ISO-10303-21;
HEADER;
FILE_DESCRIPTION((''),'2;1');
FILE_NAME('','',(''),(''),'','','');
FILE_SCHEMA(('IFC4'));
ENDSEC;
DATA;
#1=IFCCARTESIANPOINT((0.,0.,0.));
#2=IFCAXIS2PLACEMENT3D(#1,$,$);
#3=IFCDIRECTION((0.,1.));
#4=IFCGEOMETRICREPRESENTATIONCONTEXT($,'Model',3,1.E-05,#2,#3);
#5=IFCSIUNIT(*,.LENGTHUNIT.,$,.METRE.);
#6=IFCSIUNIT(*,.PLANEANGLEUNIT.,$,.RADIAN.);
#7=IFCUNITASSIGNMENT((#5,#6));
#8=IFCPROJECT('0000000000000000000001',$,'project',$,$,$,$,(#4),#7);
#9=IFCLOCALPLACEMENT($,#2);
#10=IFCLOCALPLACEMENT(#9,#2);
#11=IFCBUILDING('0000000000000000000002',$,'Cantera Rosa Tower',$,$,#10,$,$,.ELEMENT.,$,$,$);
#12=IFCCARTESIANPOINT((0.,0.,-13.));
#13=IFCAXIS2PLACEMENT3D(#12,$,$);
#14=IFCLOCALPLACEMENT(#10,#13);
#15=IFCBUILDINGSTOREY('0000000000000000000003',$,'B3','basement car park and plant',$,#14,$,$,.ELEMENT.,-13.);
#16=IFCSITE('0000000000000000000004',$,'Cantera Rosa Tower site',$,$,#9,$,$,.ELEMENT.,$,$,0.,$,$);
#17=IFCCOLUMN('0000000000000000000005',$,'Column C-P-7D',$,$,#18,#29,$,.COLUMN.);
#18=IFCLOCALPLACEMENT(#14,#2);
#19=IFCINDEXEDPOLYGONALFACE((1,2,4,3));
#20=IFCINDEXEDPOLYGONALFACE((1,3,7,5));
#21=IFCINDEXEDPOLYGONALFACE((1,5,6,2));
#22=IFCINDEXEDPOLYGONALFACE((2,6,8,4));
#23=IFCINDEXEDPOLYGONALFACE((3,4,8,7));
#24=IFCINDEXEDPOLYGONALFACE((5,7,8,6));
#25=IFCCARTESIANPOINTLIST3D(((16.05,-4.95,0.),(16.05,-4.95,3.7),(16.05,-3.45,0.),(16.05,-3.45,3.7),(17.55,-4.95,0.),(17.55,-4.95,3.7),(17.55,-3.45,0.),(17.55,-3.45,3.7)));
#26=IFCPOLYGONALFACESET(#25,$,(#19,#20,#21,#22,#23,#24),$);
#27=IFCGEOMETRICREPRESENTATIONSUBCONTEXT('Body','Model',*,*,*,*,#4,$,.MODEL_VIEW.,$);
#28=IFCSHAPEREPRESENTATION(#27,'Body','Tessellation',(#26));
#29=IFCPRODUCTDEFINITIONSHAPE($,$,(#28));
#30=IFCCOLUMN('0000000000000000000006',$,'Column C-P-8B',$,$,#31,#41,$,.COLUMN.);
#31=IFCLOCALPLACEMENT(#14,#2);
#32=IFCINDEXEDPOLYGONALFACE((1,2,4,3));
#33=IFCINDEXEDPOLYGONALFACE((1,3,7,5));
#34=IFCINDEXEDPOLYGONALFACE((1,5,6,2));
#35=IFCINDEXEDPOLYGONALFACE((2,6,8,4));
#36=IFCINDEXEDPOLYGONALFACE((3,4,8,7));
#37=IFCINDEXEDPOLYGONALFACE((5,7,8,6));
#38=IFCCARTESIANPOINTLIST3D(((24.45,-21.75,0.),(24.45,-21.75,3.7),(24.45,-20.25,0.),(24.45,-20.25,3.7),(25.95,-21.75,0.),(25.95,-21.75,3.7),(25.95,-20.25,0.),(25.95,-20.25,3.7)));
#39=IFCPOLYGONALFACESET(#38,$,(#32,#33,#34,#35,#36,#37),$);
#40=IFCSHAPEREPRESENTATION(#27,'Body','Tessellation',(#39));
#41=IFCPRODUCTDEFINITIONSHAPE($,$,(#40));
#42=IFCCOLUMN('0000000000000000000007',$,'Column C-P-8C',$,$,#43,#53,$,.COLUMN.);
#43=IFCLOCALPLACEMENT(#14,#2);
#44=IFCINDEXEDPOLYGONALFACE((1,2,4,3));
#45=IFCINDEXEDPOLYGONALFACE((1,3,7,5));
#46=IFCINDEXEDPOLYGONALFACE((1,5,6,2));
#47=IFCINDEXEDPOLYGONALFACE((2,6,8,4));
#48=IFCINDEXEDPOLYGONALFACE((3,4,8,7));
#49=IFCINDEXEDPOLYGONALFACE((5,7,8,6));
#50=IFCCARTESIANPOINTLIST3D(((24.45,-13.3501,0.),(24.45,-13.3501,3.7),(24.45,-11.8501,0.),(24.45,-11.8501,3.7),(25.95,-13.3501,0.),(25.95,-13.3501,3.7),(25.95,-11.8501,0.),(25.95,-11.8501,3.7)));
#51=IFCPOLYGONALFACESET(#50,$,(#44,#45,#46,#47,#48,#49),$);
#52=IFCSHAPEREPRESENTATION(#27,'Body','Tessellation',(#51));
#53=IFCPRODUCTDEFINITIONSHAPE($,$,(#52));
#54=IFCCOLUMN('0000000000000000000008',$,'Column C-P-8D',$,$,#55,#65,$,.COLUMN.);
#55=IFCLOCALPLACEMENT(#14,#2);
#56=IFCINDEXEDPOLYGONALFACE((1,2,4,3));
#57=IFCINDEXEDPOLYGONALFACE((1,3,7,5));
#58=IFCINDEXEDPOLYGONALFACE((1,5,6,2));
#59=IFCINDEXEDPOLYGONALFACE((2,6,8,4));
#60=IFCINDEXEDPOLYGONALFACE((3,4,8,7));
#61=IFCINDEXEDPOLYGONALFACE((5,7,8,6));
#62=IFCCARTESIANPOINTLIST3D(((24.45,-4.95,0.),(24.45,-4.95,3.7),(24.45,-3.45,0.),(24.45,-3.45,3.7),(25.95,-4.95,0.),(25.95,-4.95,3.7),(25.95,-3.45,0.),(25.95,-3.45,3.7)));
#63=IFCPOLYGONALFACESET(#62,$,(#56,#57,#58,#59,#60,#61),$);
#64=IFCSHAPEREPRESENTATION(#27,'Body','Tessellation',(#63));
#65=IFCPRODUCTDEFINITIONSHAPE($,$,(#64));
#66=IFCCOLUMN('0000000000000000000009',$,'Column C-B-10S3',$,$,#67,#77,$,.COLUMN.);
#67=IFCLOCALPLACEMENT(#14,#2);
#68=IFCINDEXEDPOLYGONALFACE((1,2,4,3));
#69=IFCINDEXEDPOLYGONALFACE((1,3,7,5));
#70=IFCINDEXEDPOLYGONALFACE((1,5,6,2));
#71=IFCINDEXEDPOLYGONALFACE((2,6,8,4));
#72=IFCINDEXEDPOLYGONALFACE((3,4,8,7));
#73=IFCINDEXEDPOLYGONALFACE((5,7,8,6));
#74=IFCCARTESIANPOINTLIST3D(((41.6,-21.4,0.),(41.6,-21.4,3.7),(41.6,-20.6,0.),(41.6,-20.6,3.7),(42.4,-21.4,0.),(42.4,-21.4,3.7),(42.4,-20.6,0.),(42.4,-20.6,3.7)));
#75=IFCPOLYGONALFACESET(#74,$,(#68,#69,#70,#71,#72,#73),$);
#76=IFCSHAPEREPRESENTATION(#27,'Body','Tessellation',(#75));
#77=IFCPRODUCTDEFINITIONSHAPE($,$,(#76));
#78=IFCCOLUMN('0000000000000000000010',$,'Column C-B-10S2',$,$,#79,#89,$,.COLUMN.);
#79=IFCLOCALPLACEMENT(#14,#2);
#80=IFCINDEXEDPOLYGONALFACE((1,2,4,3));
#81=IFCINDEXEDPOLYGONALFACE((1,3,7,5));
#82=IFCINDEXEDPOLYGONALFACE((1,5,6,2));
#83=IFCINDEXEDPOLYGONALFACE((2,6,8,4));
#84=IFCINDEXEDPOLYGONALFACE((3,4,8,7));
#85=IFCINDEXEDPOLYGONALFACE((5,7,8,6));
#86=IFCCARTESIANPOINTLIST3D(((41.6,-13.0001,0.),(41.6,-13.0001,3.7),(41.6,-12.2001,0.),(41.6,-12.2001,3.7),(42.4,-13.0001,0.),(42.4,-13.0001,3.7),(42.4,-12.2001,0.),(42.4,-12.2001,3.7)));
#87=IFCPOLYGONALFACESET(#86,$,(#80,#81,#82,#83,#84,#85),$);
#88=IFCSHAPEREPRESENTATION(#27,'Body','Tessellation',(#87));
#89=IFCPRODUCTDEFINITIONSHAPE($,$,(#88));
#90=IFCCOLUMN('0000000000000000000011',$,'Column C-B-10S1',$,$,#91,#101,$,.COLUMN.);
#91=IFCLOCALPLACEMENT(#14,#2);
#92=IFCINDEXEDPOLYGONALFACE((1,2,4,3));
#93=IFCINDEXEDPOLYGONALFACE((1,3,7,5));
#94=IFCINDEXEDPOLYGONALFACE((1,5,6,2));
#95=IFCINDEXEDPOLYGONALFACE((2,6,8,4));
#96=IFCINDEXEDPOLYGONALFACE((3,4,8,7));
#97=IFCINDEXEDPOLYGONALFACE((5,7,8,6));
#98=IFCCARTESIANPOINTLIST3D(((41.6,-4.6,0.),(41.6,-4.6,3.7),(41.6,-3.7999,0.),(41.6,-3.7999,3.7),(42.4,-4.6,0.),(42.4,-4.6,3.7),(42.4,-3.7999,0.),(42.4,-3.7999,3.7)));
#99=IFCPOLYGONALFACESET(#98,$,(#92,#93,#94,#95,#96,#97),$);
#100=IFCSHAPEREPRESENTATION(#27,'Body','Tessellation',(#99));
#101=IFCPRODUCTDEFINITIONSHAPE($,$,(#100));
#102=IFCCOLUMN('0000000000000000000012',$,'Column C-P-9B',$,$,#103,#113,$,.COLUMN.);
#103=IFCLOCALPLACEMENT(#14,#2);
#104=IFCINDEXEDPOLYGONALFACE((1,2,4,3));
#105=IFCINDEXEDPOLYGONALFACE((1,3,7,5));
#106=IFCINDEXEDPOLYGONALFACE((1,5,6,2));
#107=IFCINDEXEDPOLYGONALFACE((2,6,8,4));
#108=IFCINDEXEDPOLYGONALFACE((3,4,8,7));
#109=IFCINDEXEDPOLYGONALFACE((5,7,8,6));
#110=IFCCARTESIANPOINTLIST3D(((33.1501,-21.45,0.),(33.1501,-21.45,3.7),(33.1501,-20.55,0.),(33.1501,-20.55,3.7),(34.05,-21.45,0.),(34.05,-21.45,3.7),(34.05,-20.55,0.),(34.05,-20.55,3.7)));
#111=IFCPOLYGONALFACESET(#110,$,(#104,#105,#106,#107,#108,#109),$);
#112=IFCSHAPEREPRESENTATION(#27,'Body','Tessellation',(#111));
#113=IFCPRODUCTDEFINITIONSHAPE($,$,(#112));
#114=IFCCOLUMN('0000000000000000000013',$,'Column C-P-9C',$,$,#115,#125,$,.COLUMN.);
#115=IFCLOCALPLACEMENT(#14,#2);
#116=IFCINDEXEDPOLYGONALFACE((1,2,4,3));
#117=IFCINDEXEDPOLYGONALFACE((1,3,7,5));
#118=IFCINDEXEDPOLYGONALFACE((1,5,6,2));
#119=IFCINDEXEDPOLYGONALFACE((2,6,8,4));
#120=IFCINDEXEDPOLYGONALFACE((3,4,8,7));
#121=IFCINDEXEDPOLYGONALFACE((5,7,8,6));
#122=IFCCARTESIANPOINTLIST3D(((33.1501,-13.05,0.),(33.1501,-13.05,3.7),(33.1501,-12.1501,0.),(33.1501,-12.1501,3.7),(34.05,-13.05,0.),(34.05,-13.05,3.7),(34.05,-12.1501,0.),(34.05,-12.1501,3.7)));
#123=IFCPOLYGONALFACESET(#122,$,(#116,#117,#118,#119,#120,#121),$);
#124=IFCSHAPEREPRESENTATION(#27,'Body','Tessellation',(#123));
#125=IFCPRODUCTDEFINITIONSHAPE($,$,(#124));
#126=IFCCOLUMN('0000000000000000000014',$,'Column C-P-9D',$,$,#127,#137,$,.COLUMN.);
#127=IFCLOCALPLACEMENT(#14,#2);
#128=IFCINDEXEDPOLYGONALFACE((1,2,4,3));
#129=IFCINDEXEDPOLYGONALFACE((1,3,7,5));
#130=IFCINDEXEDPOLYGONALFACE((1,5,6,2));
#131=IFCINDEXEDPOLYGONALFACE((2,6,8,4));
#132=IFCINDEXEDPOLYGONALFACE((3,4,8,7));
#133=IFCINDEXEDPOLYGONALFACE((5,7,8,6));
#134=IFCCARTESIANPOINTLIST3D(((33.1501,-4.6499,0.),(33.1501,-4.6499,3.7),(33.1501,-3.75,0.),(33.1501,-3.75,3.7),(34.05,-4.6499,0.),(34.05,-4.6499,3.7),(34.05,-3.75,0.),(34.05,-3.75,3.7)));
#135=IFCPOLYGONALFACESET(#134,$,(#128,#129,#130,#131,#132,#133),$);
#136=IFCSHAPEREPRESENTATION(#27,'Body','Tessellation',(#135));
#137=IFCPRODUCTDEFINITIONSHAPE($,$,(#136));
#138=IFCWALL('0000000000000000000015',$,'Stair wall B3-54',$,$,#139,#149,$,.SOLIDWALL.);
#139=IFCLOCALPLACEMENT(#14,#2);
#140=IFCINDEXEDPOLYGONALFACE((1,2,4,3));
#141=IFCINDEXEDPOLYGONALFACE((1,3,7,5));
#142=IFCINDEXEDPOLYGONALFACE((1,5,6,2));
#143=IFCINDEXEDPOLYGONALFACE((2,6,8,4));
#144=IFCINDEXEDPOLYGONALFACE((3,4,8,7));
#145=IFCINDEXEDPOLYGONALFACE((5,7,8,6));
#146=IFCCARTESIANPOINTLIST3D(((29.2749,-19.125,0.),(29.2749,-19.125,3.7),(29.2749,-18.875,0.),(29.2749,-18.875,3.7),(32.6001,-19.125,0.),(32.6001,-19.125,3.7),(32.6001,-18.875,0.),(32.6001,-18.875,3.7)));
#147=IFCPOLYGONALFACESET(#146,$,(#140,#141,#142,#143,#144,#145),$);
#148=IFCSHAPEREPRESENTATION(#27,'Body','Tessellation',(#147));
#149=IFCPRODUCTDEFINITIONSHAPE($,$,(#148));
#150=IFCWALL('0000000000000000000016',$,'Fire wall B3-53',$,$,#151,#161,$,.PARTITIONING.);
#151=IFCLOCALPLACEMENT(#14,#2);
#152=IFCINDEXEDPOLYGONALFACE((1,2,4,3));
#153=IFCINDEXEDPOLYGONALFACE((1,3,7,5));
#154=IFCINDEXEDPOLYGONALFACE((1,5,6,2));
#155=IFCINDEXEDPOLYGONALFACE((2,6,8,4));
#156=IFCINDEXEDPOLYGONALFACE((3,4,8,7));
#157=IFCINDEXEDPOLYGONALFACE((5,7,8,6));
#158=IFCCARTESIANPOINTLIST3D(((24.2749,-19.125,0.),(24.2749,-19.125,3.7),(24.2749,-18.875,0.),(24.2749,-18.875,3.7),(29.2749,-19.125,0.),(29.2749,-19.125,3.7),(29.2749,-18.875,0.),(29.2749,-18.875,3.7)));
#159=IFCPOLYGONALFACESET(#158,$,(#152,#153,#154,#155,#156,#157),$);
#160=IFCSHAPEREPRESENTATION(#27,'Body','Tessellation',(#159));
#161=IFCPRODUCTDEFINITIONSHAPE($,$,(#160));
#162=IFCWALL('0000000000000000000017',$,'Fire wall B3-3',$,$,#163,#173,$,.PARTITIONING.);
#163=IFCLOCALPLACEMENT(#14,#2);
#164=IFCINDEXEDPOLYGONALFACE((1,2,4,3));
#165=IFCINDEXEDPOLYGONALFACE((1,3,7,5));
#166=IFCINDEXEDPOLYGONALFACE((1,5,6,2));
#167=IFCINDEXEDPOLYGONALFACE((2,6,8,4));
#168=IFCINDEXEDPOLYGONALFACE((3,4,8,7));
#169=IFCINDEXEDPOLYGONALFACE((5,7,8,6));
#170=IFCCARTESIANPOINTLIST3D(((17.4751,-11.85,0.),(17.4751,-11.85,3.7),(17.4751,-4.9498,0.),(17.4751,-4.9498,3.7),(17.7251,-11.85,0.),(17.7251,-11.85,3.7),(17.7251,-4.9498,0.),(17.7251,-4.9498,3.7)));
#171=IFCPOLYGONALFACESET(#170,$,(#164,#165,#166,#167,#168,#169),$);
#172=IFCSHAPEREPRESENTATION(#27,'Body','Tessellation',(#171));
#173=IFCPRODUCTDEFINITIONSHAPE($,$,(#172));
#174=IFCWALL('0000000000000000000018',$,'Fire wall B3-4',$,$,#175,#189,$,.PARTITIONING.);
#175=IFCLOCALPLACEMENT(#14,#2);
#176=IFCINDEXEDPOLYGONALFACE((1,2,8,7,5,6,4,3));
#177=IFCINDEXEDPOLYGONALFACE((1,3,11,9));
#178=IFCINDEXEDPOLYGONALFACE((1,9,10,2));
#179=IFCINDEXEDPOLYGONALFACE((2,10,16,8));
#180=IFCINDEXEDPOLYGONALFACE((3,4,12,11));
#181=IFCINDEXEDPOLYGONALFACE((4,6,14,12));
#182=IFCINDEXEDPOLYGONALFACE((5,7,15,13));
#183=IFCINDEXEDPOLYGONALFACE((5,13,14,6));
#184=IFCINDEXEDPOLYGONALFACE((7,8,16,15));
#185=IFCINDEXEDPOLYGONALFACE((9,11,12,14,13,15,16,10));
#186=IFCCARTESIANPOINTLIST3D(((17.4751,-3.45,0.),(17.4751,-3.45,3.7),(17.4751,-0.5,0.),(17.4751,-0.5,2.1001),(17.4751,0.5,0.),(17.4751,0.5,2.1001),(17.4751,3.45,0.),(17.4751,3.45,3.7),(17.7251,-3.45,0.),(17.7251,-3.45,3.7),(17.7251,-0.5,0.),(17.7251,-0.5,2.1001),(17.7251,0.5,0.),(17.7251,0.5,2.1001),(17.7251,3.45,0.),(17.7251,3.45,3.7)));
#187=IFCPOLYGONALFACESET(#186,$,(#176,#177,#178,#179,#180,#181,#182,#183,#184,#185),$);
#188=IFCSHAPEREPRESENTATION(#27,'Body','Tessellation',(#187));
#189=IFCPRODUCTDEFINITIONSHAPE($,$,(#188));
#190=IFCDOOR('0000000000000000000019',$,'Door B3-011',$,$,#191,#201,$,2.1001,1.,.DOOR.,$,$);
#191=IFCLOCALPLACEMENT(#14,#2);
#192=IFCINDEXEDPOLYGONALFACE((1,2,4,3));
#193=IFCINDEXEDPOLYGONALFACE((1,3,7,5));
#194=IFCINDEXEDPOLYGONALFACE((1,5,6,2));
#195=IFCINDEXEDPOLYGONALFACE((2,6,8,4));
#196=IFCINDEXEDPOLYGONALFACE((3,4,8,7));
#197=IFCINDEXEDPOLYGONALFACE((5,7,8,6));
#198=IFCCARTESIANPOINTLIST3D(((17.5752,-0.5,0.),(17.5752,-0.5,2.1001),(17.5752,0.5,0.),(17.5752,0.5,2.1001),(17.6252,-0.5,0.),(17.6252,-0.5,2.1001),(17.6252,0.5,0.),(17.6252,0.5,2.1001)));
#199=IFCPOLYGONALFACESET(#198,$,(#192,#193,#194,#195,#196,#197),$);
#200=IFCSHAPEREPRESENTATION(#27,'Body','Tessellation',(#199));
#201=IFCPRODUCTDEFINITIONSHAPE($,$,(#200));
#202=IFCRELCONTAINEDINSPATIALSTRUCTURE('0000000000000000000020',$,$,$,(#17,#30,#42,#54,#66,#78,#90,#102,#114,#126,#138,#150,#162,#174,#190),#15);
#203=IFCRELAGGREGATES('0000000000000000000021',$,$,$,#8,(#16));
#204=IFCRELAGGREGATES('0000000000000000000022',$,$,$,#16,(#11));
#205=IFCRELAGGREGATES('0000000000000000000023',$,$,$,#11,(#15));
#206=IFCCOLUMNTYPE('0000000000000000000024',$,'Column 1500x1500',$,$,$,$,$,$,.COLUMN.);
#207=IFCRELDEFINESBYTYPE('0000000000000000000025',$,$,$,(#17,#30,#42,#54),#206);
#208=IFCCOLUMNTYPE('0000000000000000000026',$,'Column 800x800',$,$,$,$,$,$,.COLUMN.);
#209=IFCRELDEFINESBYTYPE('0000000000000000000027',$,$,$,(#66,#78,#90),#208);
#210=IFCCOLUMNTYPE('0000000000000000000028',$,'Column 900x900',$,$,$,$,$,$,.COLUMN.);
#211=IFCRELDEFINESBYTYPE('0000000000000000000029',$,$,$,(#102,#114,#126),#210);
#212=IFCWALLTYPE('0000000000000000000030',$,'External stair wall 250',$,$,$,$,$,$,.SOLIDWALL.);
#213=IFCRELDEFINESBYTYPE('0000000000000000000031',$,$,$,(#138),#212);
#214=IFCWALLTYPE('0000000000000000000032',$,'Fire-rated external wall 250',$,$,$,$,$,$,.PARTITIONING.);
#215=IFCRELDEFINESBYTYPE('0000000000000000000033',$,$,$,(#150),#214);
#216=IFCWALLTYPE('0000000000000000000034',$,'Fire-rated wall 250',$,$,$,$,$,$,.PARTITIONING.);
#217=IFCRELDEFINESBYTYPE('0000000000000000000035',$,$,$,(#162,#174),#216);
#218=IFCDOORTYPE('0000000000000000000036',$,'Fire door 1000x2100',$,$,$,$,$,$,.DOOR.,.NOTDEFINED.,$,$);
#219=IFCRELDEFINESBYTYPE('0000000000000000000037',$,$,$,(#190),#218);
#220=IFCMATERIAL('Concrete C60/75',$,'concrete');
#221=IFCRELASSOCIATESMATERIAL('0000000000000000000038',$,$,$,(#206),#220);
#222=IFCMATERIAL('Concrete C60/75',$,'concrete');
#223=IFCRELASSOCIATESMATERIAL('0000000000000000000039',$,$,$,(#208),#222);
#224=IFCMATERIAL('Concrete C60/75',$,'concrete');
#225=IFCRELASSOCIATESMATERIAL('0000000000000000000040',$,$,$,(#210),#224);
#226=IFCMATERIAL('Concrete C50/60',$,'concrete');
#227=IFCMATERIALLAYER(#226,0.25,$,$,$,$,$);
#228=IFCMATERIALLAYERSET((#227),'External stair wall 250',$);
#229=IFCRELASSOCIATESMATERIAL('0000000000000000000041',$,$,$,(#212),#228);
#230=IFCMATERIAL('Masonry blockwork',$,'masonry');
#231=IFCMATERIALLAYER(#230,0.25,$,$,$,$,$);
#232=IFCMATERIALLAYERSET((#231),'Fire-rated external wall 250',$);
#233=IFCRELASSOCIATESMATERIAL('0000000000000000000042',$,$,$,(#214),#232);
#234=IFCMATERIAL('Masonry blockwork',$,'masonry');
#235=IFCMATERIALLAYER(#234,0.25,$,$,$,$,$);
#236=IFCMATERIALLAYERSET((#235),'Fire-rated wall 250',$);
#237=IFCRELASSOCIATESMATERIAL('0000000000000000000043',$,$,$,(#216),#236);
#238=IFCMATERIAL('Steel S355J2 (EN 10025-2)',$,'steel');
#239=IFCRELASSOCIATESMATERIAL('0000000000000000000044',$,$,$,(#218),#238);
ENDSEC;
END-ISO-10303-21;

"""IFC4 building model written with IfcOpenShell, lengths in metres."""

from ifc_helpers import new_model, si_unit, direction, frame, frame_2d, origin, origin_2d, place, context, subcontext, project, spatial, rectangle, extrude, material, layer, layer_set, material_profile, profile_set, type_object, element, fill, save


model = new_model("IFC4")

# Units and contexts
model_context = context("Model", 3, precision=1e-05, world=origin(), true_north=direction((0.0, 1.0)))
body_context = subcontext(model_context, "Body", "Model", "MODEL_VIEW")
ifc_project = project(units=[si_unit("LENGTHUNIT", "METRE"), si_unit("PLANEANGLEUNIT", "RADIAN")], contexts=[model_context])

# Site, building, storey
site_placement = place(None, origin())
site = spatial("IfcSite", under=ifc_project, at=site_placement, Name="Cantera Rosa Tower site", CompositionType="ELEMENT", RefElevation=0.0)
building_placement = place(site_placement, origin())
building = spatial("IfcBuilding", under=site, at=building_placement, Name="Cantera Rosa Tower", CompositionType="ELEMENT")
storey_placement = place(building_placement, frame((0.0, 0.0, -13.0)))
storey = spatial("IfcBuildingStorey", under=building, at=storey_placement, Name="B3", Description="basement car park and plant", CompositionType="ELEMENT", Elevation=-13.0)

# Columns
ifc_material_1 = material(Name="Concrete C60/75", Category="concrete")
ifc_material_profile_1 = material_profile(ifc_material_1, rectangle(XDim=1.5, YDim=1.5, at=origin_2d()), Name="Column 1500x1500")
ifc_profile_set_1 = profile_set([ifc_material_profile_1], Name="Concrete C60/75")
column_type_1 = type_object("IfcColumnType", Name="Column 1500x1500", PredefinedType="COLUMN", material=ifc_profile_set_1)
for number, where, z_axis, x_axis, name in (
    (1, (16.8, -4.2, 0.0), (0.0, 0.0, 1.0), (1.0, 0.0, 0.0), "Column C-P-7D"),
    (2, (25.2, -21.0, 0.0), (0.0, 0.0, 1.0), (1.0, 0.0, 0.0), "Column C-P-8B"),
    (3, (25.2, -12.6001, 0.0), (0.0, 0.0, 1.0), (1.0, 0.0, 0.0), "Column C-P-8C"),
    (4, (25.2, -4.2, 0.0), (0.0, 0.0, 1.0), (1.0, 0.0, 0.0), "Column C-P-8D"),
):
    element("IfcColumn", number, at=place(storey_placement, frame(where, z_axis=z_axis, x_axis=x_axis)), inside=storey, type_object=column_type_1, Name=name, PredefinedType="COLUMN", context=body_context, shape_type="SweptSolid", body=[
        extrude(rectangle(XDim=1.5, YDim=1.5, at=origin_2d()), origin(), (0.0, 0.0, 1.0), 3.7),
    ])
ifc_material_2 = material(Name="Concrete C60/75", Category="concrete")
ifc_material_profile_2 = material_profile(ifc_material_2, rectangle(XDim=0.8, YDim=0.8, at=origin_2d()), Name="Column 800x800")
ifc_profile_set_2 = profile_set([ifc_material_profile_2], Name="Concrete C60/75")
column_type_2 = type_object("IfcColumnType", Name="Column 800x800", PredefinedType="COLUMN", material=ifc_profile_set_2)
for number, where, z_axis, x_axis, name in (
    (5, (42.0, -21.0, 0.0), (0.0, 0.0, 1.0), (1.0, 0.0, 0.0), "Column C-B-10S3"),
    (6, (42.0, -12.6001, 0.0), (0.0, 0.0, 1.0), (1.0, 0.0, 0.0), "Column C-B-10S2"),
    (7, (42.0, -4.2, 0.0), (0.0, 0.0, 1.0), (1.0, 0.0, 0.0), "Column C-B-10S1"),
):
    element("IfcColumn", number, at=place(storey_placement, frame(where, z_axis=z_axis, x_axis=x_axis)), inside=storey, type_object=column_type_2, Name=name, PredefinedType="COLUMN", context=body_context, shape_type="SweptSolid", body=[
        extrude(rectangle(XDim=0.8, YDim=0.8, at=origin_2d()), origin(), (0.0, 0.0, 1.0), 3.7),
    ])
ifc_material_3 = material(Name="Concrete C60/75", Category="concrete")
ifc_material_profile_3 = material_profile(ifc_material_3, rectangle(XDim=0.8999, YDim=0.8999, at=origin_2d()), Name="Column 900x900")
ifc_profile_set_3 = profile_set([ifc_material_profile_3], Name="Concrete C60/75")
column_type_3 = type_object("IfcColumnType", Name="Column 900x900", PredefinedType="COLUMN", material=ifc_profile_set_3)
for number, where, z_axis, x_axis, name in (
    (8, (33.6001, -21.0, 0.0), (0.0, 0.0, 1.0), (1.0, 0.0, 0.0), "Column C-P-9B"),
    (9, (33.6001, -12.6001, 0.0), (0.0, 0.0, 1.0), (1.0, 0.0, 0.0), "Column C-P-9C"),
    (10, (33.6001, -4.2, 0.0), (0.0, 0.0, 1.0), (1.0, 0.0, 0.0), "Column C-P-9D"),
):
    element("IfcColumn", number, at=place(storey_placement, frame(where, z_axis=z_axis, x_axis=x_axis)), inside=storey, type_object=column_type_3, Name=name, PredefinedType="COLUMN", context=body_context, shape_type="SweptSolid", body=[
        extrude(rectangle(XDim=0.8999, YDim=0.8999, at=origin_2d()), origin(), (0.0, 0.0, 1.0), 3.7),
    ])

# Walls
ifc_material_4 = material(Name="Concrete C50/60", Category="concrete")
ifc_layer_1 = layer(ifc_material_4, 0.25)
ifc_layer_set_1 = layer_set([ifc_layer_1], Name="External stair wall 250")
wall_type_1 = type_object("IfcWallType", Name="External stair wall 250", PredefinedType="SOLIDWALL", material=ifc_layer_set_1)
wall_1_placement = place(storey_placement, frame((29.2749, -19.0, 0.0), z_axis=(0.0, 0.0, 1.0), x_axis=(1.0, 0.0, 0.0)))
element("IfcWall", 11, at=wall_1_placement, inside=storey, type_object=wall_type_1, Name="Stair wall B3-54", PredefinedType="SOLIDWALL", context=body_context, shape_type="SweptSolid", body=[
    extrude(rectangle(XDim=3.3252, YDim=0.25, at=frame_2d((1.6626, 0.0))), origin(), (0.0, 0.0, 1.0), 3.7),
])
ifc_material_5 = material(Name="Masonry blockwork", Category="masonry")
ifc_layer_2 = layer(ifc_material_5, 0.25)
ifc_layer_set_2 = layer_set([ifc_layer_2], Name="Fire-rated external wall 250")
wall_type_2 = type_object("IfcWallType", Name="Fire-rated external wall 250", PredefinedType="PARTITIONING", material=ifc_layer_set_2)
wall_2_placement = place(storey_placement, frame((24.2749, -19.0, 0.0), z_axis=(0.0, 0.0, 1.0), x_axis=(1.0, 0.0, 0.0)))
element("IfcWall", 12, at=wall_2_placement, inside=storey, type_object=wall_type_2, Name="Fire wall B3-53", PredefinedType="PARTITIONING", context=body_context, shape_type="SweptSolid", body=[
    extrude(rectangle(XDim=5.0, YDim=0.25, at=frame_2d((2.5, 0.0))), origin(), (0.0, 0.0, 1.0), 3.7),
])
ifc_material_6 = material(Name="Masonry blockwork", Category="masonry")
ifc_layer_3 = layer(ifc_material_6, 0.25)
ifc_layer_set_3 = layer_set([ifc_layer_3], Name="Fire-rated wall 250")
wall_type_3 = type_object("IfcWallType", Name="Fire-rated wall 250", PredefinedType="PARTITIONING", material=ifc_layer_set_3)
wall_3_placement = place(storey_placement, frame((17.6001, -11.8501, 0.0), z_axis=(0.0, 0.0, 1.0), x_axis=(0.0, 1.0, 0.0)))
element("IfcWall", 13, at=wall_3_placement, inside=storey, type_object=wall_type_3, Name="Fire wall B3-3", PredefinedType="PARTITIONING", context=body_context, shape_type="SweptSolid", body=[
    extrude(rectangle(XDim=6.9001, YDim=0.25, at=frame_2d((3.4502, 0.0))), origin(), (0.0, 0.0, 1.0), 3.7),
])

# Wall, opening, door
wall_4_placement = place(storey_placement, frame((17.6001, -3.45, 0.0), z_axis=(0.0, 0.0, 1.0), x_axis=(0.0, 1.0, 0.0)))
wall_4 = element("IfcWall", 14, at=wall_4_placement, inside=storey, type_object=wall_type_3, Name="Fire wall B3-4", PredefinedType="PARTITIONING", context=body_context, shape_type="SweptSolid", body=[
    extrude(rectangle(XDim=6.8999, YDim=0.25, at=frame_2d((3.45, 0.0))), origin(), (0.0, 0.0, 1.0), 3.7),
])
opening_1_placement = place(wall_4_placement, frame((2.95, 0.0, 0.0)))
opening_1 = element("IfcOpeningElement", 15, at=opening_1_placement, cuts=wall_4, PredefinedType="OPENING", context=body_context, shape_type="SweptSolid", body=[
    extrude(rectangle(XDim=1.0, YDim=2.1001, at=frame_2d((0.5, 1.05))), frame((0.0, 0.135, 0.0), z_axis=(0.0, -1.0, 0.0), x_axis=(1.0, 0.0, 0.0)), (0.0, 0.0, 1.0), 0.27),
])
ifc_material_7 = material(Name="Steel S355J2 (EN 10025-2)", Category="steel")
door_type_1 = type_object("IfcDoorType", Name="Fire door 1000x2100", OperationType="NOTDEFINED", PredefinedType="DOOR", material=ifc_material_7)
door_1_placement = place(opening_1_placement, origin())
door_1 = element("IfcDoor", 16, at=door_1_placement, inside=storey, type_object=door_type_1, Name="Door B3-011", OverallHeight=2.1001, OverallWidth=1.0, PredefinedType="DOOR", context=body_context, shape_type="SweptSolid", body=[
    extrude(rectangle(XDim=1.0, YDim=2.1001, at=frame_2d((0.5, 1.05))), frame((0.0, 0.0249, 0.0), z_axis=(0.0, -1.0, 0.0), x_axis=(1.0, 0.0, 0.0)), (0.0, 0.0, 1.0), 0.05),
])
fill(opening_1, door_1)

save(model, "model.ifc")
